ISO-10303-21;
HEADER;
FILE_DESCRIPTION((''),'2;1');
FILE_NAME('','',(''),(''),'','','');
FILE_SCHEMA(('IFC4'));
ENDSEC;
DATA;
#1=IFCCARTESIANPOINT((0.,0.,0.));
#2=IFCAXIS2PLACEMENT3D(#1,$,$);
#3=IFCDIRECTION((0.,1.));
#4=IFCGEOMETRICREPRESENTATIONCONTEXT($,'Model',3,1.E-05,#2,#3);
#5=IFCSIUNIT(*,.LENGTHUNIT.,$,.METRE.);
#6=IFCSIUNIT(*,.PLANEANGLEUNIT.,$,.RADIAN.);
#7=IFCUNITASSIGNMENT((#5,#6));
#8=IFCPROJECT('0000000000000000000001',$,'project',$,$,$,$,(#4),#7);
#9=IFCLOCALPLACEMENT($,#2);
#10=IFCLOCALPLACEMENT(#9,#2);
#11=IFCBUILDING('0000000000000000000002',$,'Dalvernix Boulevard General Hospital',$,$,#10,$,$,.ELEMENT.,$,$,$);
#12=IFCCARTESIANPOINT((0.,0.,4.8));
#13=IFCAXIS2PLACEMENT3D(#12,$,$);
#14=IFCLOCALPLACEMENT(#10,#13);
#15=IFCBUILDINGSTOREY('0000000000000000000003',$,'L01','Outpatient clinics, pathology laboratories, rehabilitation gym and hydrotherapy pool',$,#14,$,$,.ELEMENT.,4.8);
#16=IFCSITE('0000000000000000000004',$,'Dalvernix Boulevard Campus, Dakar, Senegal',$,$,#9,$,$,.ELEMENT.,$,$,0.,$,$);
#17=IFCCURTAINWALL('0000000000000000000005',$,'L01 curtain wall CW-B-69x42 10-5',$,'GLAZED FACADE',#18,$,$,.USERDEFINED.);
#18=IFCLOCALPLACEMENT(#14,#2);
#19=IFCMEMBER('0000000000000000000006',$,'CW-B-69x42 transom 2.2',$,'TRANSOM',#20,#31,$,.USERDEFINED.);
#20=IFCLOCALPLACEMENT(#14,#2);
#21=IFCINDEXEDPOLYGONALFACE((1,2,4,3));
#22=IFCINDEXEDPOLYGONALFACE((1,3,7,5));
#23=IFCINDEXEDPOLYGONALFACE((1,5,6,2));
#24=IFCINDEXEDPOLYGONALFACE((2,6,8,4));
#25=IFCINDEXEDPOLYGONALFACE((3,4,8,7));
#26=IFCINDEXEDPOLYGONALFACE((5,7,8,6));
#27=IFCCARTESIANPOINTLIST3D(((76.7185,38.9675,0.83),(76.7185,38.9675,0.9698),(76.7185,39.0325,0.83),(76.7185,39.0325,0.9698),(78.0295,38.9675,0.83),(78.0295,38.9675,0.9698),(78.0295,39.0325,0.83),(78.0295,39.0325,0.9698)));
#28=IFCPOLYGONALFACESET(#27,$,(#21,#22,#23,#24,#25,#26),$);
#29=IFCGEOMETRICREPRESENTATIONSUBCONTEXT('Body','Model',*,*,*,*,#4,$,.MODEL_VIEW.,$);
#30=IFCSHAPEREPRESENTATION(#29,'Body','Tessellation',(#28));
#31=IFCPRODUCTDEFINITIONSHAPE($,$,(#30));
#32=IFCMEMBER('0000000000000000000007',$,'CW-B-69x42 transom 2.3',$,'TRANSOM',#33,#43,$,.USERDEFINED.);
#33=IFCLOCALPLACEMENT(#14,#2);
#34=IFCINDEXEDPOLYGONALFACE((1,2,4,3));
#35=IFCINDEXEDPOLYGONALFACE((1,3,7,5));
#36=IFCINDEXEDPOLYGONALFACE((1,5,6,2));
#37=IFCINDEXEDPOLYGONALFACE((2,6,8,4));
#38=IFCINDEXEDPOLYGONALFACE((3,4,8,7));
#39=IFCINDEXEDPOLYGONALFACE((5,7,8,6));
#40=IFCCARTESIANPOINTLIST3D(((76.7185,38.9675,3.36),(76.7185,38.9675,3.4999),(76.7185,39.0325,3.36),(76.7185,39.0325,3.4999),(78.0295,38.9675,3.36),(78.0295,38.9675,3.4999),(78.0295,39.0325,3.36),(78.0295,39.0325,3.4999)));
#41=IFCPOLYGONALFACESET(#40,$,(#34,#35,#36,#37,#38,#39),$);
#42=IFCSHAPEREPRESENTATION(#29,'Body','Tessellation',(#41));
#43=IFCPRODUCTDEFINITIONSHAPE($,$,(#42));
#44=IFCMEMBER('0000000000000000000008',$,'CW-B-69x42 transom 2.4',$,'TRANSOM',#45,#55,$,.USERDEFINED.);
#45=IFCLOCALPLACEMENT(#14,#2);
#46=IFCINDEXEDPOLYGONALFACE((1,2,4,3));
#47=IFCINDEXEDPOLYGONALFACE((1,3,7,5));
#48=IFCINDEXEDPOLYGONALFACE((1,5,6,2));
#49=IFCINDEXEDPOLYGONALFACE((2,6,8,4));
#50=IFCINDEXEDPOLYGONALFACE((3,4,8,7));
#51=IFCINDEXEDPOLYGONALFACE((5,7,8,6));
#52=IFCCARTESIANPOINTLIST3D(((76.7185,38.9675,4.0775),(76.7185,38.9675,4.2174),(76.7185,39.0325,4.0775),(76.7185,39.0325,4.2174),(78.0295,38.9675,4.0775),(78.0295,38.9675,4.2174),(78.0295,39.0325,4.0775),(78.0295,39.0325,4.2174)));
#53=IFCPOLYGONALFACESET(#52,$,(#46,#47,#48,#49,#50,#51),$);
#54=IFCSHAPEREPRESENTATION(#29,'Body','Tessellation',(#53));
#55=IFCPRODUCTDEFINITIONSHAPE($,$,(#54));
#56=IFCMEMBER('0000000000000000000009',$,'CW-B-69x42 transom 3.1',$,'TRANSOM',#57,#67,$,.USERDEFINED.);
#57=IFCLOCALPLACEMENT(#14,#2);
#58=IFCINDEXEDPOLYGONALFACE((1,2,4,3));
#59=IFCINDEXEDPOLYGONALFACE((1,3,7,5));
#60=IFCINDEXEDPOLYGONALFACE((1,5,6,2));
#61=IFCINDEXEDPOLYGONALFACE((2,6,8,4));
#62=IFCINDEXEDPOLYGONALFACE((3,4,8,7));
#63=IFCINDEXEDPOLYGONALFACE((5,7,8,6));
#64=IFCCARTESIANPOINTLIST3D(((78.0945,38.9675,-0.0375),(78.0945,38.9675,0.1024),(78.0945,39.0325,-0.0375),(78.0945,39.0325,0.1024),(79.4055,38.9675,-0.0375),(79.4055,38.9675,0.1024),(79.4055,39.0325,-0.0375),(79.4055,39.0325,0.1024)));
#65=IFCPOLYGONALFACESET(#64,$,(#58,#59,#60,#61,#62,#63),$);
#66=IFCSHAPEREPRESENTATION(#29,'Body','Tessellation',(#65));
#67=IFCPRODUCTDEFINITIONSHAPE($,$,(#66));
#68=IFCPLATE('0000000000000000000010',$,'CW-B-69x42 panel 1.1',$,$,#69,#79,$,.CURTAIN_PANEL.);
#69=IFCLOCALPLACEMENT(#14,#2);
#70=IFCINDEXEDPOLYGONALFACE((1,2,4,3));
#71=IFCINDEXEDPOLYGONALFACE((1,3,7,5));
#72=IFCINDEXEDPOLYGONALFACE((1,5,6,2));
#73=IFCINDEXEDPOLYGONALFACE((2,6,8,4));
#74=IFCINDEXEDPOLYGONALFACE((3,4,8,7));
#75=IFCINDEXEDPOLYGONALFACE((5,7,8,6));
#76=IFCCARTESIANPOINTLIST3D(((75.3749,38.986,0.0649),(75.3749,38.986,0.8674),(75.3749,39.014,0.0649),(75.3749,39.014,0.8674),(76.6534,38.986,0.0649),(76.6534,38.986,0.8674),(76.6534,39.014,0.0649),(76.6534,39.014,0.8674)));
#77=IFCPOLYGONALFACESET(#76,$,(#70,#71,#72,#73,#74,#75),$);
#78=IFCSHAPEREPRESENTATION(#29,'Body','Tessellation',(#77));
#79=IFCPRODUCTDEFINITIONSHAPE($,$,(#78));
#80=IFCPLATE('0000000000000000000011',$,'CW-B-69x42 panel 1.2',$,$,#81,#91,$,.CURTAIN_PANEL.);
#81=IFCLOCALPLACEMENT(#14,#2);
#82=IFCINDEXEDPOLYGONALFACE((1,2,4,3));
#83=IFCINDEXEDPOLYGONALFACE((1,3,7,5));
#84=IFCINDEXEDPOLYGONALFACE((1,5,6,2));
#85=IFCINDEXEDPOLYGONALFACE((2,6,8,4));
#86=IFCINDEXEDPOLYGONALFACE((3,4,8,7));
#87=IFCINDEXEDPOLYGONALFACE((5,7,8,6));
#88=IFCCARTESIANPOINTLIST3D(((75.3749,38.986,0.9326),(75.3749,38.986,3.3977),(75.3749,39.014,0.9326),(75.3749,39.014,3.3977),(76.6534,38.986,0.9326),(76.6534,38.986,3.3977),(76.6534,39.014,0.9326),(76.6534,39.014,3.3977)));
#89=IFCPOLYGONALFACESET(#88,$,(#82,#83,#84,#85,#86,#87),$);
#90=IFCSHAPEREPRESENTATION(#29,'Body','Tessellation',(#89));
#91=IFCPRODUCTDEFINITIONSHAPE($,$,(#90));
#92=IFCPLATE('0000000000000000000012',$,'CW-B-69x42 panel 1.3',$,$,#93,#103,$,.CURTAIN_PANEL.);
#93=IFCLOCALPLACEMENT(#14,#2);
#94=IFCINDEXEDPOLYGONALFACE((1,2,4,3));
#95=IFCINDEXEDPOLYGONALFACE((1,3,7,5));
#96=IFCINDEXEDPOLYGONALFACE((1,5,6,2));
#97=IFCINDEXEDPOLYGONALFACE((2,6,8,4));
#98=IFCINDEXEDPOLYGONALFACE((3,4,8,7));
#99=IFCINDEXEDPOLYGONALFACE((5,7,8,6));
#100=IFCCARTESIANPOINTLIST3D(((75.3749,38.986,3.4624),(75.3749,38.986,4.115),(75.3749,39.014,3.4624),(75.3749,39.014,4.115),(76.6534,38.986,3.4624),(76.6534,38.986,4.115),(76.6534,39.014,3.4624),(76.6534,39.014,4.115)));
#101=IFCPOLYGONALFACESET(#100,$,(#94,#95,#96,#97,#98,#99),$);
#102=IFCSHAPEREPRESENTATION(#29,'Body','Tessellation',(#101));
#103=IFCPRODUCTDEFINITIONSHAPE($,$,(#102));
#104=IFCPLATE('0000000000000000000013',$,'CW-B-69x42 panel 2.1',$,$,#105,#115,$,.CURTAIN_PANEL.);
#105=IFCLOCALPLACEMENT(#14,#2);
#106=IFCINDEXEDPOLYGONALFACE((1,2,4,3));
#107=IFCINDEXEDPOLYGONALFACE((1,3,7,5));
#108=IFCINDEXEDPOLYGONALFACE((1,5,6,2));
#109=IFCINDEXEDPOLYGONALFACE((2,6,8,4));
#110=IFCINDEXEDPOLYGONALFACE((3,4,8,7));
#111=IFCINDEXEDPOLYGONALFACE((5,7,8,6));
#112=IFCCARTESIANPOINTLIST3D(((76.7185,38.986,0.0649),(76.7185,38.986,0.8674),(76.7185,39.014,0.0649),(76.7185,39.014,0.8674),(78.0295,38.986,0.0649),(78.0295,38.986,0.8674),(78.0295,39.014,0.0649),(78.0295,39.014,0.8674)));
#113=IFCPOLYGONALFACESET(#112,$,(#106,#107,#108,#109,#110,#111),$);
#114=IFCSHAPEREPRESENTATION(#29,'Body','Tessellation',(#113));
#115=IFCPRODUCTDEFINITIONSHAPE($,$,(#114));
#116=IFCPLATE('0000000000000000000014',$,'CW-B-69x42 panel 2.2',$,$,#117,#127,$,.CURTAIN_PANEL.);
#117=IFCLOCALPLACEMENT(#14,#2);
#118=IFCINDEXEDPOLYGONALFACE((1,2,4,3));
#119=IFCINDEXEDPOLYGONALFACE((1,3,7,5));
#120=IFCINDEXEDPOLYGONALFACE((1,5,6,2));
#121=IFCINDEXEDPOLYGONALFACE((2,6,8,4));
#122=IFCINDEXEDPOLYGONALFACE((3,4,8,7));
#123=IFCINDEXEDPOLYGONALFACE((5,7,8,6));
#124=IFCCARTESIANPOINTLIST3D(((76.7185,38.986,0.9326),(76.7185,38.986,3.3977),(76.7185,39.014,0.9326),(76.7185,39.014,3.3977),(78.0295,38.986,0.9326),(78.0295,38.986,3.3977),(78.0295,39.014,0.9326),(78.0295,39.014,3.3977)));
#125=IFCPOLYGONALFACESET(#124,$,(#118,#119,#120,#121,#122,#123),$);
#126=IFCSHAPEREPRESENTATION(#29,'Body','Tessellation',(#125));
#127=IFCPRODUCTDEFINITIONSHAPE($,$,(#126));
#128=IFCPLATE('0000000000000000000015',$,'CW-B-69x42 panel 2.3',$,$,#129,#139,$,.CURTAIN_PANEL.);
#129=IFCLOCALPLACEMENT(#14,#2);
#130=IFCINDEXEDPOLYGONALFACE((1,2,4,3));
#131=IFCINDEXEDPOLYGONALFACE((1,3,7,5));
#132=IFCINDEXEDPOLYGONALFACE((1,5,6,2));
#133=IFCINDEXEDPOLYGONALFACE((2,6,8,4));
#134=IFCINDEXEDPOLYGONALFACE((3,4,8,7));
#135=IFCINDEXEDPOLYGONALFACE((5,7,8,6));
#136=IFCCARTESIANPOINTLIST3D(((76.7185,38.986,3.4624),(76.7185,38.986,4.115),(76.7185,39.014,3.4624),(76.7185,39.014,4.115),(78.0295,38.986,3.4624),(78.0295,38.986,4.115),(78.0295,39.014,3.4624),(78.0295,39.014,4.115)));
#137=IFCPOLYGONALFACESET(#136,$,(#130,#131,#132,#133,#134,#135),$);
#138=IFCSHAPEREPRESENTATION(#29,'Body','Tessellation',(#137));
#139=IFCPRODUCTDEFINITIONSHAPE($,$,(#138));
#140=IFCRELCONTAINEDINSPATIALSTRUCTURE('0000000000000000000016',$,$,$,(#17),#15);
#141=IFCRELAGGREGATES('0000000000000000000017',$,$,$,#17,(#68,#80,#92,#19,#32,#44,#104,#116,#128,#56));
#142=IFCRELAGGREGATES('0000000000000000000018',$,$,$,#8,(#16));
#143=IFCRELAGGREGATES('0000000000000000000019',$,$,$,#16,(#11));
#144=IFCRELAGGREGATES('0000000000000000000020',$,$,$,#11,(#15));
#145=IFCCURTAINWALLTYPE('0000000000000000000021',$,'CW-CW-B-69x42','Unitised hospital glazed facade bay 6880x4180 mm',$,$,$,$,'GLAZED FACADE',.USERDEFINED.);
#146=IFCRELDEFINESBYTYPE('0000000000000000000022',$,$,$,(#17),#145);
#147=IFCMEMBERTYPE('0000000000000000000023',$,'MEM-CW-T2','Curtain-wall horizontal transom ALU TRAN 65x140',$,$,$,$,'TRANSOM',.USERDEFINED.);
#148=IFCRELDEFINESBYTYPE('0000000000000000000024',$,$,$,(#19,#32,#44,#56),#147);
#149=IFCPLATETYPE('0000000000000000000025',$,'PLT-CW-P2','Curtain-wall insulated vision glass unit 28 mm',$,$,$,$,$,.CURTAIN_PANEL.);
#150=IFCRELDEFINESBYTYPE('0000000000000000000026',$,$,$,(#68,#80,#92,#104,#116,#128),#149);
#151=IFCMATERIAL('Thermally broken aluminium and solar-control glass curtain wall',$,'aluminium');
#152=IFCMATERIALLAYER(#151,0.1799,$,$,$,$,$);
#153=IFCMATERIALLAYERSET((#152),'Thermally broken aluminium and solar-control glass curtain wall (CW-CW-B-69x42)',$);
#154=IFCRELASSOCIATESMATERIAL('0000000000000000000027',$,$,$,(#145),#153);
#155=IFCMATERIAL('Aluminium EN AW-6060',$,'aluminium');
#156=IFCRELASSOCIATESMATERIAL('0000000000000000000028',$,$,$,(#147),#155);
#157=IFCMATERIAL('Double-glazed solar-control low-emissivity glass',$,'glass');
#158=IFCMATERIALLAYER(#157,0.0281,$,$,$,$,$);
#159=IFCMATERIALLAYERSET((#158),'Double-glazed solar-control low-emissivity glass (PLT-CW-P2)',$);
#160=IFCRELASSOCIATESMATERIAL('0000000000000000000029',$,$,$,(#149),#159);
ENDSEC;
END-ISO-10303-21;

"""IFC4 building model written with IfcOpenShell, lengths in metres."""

from ifc_helpers import new_model, si_unit, direction, frame, origin, origin_2d, place, context, subcontext, project, spatial, rectangle, extrude, material, layer, layer_set, material_profile, profile_set, type_object, element, aggregate, save


model = new_model("IFC4")

# Units and contexts
model_context = context("Model", 3, precision=1e-05, world=origin(), true_north=direction((0.0, 1.0)))
body_context = subcontext(model_context, "Body", "Model", "MODEL_VIEW")
ifc_project = project(units=[si_unit("LENGTHUNIT", "METRE"), si_unit("PLANEANGLEUNIT", "RADIAN")], contexts=[model_context])

# Site, building, storey
site_placement = place(None, origin())
site = spatial("IfcSite", under=ifc_project, at=site_placement, Name="Dalvernix Boulevard Campus, Dakar, Senegal", CompositionType="ELEMENT", RefElevation=0.0)
building_placement = place(site_placement, origin())
building = spatial("IfcBuilding", under=site, at=building_placement, Name="Dalvernix Boulevard General Hospital", CompositionType="ELEMENT")
storey_placement = place(building_placement, frame((0.0, 0.0, 4.8)))
storey = spatial("IfcBuildingStorey", under=building, at=storey_placement, Name="L01", Description="Outpatient clinics, pathology laboratories, rehabilitation gym and hydrotherapy pool", CompositionType="ELEMENT", Elevation=4.8)

# Shared definitions
ifc_material_1 = material(Name="Thermally broken aluminium and solar-control glass curtain wall", Category="aluminium")
ifc_material_2 = material(Name="Aluminium EN AW-6060", Category="aluminium")

# Curtain wall, members, plates
ifc_layer_1 = layer(ifc_material_1, 0.1799)
ifc_layer_set_1 = layer_set([ifc_layer_1], Name="Thermally broken aluminium and solar-control glass curtain wall (CW-CW-B-69x42)")
curtain_wall_type_1 = type_object("IfcCurtainWallType", Name="CW-CW-B-69x42", Description="Unitised hospital glazed facade bay 6880x4180 mm", ElementType="GLAZED FACADE", PredefinedType="USERDEFINED", material=ifc_layer_set_1)
curtain_wall_1_placement = place(storey_placement, origin())
curtain_wall_1 = element("IfcCurtainWall", 1, at=curtain_wall_1_placement, inside=storey, type_object=curtain_wall_type_1, Name="L01 curtain wall CW-B-69x42 10-5", ObjectType="GLAZED FACADE", PredefinedType="USERDEFINED")
ifc_material_profile_1 = material_profile(ifc_material_2, rectangle(XDim=0.0649, YDim=0.1399, at=origin_2d()), Name="ALU TRAN 65x140")
ifc_profile_set_1 = profile_set([ifc_material_profile_1], Name="Aluminium EN AW-6060")
member_type_1 = type_object("IfcMemberType", Name="MEM-CW-T2", Description="Curtain-wall horizontal transom ALU TRAN 65x140", ElementType="TRANSOM", PredefinedType="USERDEFINED", material=ifc_profile_set_1)
member_1_placement = place(storey_placement, frame((76.7185, 39.0, 0.8999), z_axis=(1.0, 0.0, 0.0), x_axis=(0.0, 1.0, 0.0)))
member_1 = element("IfcMember", 2, at=member_1_placement, type_object=member_type_1, Name="CW-B-69x42 transom 2.2", ObjectType="TRANSOM", PredefinedType="USERDEFINED", context=body_context, shape_type="SweptSolid", body=[
    extrude(rectangle(XDim=0.0649, YDim=0.1399, at=origin_2d()), origin(), (0.0, 0.0, 1.0), 1.311),
])
member_2_placement = place(storey_placement, frame((76.7185, 39.0, 3.4299), z_axis=(1.0, 0.0, 0.0), x_axis=(0.0, 1.0, 0.0)))
member_2 = element("IfcMember", 3, at=member_2_placement, type_object=member_type_1, Name="CW-B-69x42 transom 2.3", ObjectType="TRANSOM", PredefinedType="USERDEFINED", context=body_context, shape_type="SweptSolid", body=[
    extrude(rectangle(XDim=0.0649, YDim=0.1399, at=origin_2d()), origin(), (0.0, 0.0, 1.0), 1.311),
])
member_3_placement = place(storey_placement, frame((76.7185, 39.0, 4.1475), z_axis=(1.0, 0.0, 0.0), x_axis=(0.0, 1.0, 0.0)))
member_3 = element("IfcMember", 4, at=member_3_placement, type_object=member_type_1, Name="CW-B-69x42 transom 2.4", ObjectType="TRANSOM", PredefinedType="USERDEFINED", context=body_context, shape_type="SweptSolid", body=[
    extrude(rectangle(XDim=0.0649, YDim=0.1399, at=origin_2d()), origin(), (0.0, 0.0, 1.0), 1.311),
])
member_4_placement = place(storey_placement, frame((78.0945, 39.0, 0.0325), z_axis=(1.0, 0.0, 0.0), x_axis=(0.0, 1.0, 0.0)))
member_4 = element("IfcMember", 5, at=member_4_placement, type_object=member_type_1, Name="CW-B-69x42 transom 3.1", ObjectType="TRANSOM", PredefinedType="USERDEFINED", context=body_context, shape_type="SweptSolid", body=[
    extrude(rectangle(XDim=0.0649, YDim=0.1399, at=origin_2d()), origin(), (0.0, 0.0, 1.0), 1.311),
])
ifc_material_3 = material(Name="Double-glazed solar-control low-emissivity glass", Category="glass")
ifc_layer_2 = layer(ifc_material_3, 0.0281)
ifc_layer_set_2 = layer_set([ifc_layer_2], Name="Double-glazed solar-control low-emissivity glass (PLT-CW-P2)")
plate_type = type_object("IfcPlateType", Name="PLT-CW-P2", Description="Curtain-wall insulated vision glass unit 28 mm", PredefinedType="CURTAIN_PANEL", material=ifc_layer_set_2)
plate_1_placement = place(storey_placement, frame((76.0142, 39.0, 0.0649), z_axis=(0.0, 0.0, 1.0), x_axis=(1.0, 0.0, 0.0)))
plate_1 = element("IfcPlate", 6, at=plate_1_placement, type_object=plate_type, Name="CW-B-69x42 panel 1.1", PredefinedType="CURTAIN_PANEL", context=body_context, shape_type="SweptSolid", body=[
    extrude(rectangle(XDim=1.2786, YDim=0.0281, at=origin_2d()), origin(), (0.0, 0.0, 1.0), 0.8025),
])
plate_2_placement = place(storey_placement, frame((76.0142, 39.0, 0.9326), z_axis=(0.0, 0.0, 1.0), x_axis=(1.0, 0.0, 0.0)))
plate_2 = element("IfcPlate", 7, at=plate_2_placement, type_object=plate_type, Name="CW-B-69x42 panel 1.2", PredefinedType="CURTAIN_PANEL", context=body_context, shape_type="SweptSolid", body=[
    extrude(rectangle(XDim=1.2786, YDim=0.0281, at=origin_2d()), origin(), (0.0, 0.0, 1.0), 2.4651),
])
plate_3_placement = place(storey_placement, frame((76.0142, 39.0, 3.4624), z_axis=(0.0, 0.0, 1.0), x_axis=(1.0, 0.0, 0.0)))
plate_3 = element("IfcPlate", 8, at=plate_3_placement, type_object=plate_type, Name="CW-B-69x42 panel 1.3", PredefinedType="CURTAIN_PANEL", context=body_context, shape_type="SweptSolid", body=[
    extrude(rectangle(XDim=1.2786, YDim=0.0281, at=origin_2d()), origin(), (0.0, 0.0, 1.0), 0.6526),
])
plate_4_placement = place(storey_placement, frame((77.374, 39.0, 0.0649), z_axis=(0.0, 0.0, 1.0), x_axis=(1.0, 0.0, 0.0)))
plate_4 = element("IfcPlate", 9, at=plate_4_placement, type_object=plate_type, Name="CW-B-69x42 panel 2.1", PredefinedType="CURTAIN_PANEL", context=body_context, shape_type="SweptSolid", body=[
    extrude(rectangle(XDim=1.311, YDim=0.0281, at=origin_2d()), origin(), (0.0, 0.0, 1.0), 0.8025),
])
plate_5_placement = place(storey_placement, frame((77.374, 39.0, 0.9326), z_axis=(0.0, 0.0, 1.0), x_axis=(1.0, 0.0, 0.0)))
plate_5 = element("IfcPlate", 10, at=plate_5_placement, type_object=plate_type, Name="CW-B-69x42 panel 2.2", PredefinedType="CURTAIN_PANEL", context=body_context, shape_type="SweptSolid", body=[
    extrude(rectangle(XDim=1.311, YDim=0.0281, at=origin_2d()), origin(), (0.0, 0.0, 1.0), 2.4651),
])
plate_6_placement = place(storey_placement, frame((77.374, 39.0, 3.4624), z_axis=(0.0, 0.0, 1.0), x_axis=(1.0, 0.0, 0.0)))
plate_6 = element("IfcPlate", 11, at=plate_6_placement, type_object=plate_type, Name="CW-B-69x42 panel 2.3", PredefinedType="CURTAIN_PANEL", context=body_context, shape_type="SweptSolid", body=[
    extrude(rectangle(XDim=1.311, YDim=0.0281, at=origin_2d()), origin(), (0.0, 0.0, 1.0), 0.6526),
])
aggregate(curtain_wall_1, [plate_1, plate_2, plate_3, member_1, member_2, member_3, plate_4, plate_5, plate_6, member_4])

save(model, "model.ifc")
